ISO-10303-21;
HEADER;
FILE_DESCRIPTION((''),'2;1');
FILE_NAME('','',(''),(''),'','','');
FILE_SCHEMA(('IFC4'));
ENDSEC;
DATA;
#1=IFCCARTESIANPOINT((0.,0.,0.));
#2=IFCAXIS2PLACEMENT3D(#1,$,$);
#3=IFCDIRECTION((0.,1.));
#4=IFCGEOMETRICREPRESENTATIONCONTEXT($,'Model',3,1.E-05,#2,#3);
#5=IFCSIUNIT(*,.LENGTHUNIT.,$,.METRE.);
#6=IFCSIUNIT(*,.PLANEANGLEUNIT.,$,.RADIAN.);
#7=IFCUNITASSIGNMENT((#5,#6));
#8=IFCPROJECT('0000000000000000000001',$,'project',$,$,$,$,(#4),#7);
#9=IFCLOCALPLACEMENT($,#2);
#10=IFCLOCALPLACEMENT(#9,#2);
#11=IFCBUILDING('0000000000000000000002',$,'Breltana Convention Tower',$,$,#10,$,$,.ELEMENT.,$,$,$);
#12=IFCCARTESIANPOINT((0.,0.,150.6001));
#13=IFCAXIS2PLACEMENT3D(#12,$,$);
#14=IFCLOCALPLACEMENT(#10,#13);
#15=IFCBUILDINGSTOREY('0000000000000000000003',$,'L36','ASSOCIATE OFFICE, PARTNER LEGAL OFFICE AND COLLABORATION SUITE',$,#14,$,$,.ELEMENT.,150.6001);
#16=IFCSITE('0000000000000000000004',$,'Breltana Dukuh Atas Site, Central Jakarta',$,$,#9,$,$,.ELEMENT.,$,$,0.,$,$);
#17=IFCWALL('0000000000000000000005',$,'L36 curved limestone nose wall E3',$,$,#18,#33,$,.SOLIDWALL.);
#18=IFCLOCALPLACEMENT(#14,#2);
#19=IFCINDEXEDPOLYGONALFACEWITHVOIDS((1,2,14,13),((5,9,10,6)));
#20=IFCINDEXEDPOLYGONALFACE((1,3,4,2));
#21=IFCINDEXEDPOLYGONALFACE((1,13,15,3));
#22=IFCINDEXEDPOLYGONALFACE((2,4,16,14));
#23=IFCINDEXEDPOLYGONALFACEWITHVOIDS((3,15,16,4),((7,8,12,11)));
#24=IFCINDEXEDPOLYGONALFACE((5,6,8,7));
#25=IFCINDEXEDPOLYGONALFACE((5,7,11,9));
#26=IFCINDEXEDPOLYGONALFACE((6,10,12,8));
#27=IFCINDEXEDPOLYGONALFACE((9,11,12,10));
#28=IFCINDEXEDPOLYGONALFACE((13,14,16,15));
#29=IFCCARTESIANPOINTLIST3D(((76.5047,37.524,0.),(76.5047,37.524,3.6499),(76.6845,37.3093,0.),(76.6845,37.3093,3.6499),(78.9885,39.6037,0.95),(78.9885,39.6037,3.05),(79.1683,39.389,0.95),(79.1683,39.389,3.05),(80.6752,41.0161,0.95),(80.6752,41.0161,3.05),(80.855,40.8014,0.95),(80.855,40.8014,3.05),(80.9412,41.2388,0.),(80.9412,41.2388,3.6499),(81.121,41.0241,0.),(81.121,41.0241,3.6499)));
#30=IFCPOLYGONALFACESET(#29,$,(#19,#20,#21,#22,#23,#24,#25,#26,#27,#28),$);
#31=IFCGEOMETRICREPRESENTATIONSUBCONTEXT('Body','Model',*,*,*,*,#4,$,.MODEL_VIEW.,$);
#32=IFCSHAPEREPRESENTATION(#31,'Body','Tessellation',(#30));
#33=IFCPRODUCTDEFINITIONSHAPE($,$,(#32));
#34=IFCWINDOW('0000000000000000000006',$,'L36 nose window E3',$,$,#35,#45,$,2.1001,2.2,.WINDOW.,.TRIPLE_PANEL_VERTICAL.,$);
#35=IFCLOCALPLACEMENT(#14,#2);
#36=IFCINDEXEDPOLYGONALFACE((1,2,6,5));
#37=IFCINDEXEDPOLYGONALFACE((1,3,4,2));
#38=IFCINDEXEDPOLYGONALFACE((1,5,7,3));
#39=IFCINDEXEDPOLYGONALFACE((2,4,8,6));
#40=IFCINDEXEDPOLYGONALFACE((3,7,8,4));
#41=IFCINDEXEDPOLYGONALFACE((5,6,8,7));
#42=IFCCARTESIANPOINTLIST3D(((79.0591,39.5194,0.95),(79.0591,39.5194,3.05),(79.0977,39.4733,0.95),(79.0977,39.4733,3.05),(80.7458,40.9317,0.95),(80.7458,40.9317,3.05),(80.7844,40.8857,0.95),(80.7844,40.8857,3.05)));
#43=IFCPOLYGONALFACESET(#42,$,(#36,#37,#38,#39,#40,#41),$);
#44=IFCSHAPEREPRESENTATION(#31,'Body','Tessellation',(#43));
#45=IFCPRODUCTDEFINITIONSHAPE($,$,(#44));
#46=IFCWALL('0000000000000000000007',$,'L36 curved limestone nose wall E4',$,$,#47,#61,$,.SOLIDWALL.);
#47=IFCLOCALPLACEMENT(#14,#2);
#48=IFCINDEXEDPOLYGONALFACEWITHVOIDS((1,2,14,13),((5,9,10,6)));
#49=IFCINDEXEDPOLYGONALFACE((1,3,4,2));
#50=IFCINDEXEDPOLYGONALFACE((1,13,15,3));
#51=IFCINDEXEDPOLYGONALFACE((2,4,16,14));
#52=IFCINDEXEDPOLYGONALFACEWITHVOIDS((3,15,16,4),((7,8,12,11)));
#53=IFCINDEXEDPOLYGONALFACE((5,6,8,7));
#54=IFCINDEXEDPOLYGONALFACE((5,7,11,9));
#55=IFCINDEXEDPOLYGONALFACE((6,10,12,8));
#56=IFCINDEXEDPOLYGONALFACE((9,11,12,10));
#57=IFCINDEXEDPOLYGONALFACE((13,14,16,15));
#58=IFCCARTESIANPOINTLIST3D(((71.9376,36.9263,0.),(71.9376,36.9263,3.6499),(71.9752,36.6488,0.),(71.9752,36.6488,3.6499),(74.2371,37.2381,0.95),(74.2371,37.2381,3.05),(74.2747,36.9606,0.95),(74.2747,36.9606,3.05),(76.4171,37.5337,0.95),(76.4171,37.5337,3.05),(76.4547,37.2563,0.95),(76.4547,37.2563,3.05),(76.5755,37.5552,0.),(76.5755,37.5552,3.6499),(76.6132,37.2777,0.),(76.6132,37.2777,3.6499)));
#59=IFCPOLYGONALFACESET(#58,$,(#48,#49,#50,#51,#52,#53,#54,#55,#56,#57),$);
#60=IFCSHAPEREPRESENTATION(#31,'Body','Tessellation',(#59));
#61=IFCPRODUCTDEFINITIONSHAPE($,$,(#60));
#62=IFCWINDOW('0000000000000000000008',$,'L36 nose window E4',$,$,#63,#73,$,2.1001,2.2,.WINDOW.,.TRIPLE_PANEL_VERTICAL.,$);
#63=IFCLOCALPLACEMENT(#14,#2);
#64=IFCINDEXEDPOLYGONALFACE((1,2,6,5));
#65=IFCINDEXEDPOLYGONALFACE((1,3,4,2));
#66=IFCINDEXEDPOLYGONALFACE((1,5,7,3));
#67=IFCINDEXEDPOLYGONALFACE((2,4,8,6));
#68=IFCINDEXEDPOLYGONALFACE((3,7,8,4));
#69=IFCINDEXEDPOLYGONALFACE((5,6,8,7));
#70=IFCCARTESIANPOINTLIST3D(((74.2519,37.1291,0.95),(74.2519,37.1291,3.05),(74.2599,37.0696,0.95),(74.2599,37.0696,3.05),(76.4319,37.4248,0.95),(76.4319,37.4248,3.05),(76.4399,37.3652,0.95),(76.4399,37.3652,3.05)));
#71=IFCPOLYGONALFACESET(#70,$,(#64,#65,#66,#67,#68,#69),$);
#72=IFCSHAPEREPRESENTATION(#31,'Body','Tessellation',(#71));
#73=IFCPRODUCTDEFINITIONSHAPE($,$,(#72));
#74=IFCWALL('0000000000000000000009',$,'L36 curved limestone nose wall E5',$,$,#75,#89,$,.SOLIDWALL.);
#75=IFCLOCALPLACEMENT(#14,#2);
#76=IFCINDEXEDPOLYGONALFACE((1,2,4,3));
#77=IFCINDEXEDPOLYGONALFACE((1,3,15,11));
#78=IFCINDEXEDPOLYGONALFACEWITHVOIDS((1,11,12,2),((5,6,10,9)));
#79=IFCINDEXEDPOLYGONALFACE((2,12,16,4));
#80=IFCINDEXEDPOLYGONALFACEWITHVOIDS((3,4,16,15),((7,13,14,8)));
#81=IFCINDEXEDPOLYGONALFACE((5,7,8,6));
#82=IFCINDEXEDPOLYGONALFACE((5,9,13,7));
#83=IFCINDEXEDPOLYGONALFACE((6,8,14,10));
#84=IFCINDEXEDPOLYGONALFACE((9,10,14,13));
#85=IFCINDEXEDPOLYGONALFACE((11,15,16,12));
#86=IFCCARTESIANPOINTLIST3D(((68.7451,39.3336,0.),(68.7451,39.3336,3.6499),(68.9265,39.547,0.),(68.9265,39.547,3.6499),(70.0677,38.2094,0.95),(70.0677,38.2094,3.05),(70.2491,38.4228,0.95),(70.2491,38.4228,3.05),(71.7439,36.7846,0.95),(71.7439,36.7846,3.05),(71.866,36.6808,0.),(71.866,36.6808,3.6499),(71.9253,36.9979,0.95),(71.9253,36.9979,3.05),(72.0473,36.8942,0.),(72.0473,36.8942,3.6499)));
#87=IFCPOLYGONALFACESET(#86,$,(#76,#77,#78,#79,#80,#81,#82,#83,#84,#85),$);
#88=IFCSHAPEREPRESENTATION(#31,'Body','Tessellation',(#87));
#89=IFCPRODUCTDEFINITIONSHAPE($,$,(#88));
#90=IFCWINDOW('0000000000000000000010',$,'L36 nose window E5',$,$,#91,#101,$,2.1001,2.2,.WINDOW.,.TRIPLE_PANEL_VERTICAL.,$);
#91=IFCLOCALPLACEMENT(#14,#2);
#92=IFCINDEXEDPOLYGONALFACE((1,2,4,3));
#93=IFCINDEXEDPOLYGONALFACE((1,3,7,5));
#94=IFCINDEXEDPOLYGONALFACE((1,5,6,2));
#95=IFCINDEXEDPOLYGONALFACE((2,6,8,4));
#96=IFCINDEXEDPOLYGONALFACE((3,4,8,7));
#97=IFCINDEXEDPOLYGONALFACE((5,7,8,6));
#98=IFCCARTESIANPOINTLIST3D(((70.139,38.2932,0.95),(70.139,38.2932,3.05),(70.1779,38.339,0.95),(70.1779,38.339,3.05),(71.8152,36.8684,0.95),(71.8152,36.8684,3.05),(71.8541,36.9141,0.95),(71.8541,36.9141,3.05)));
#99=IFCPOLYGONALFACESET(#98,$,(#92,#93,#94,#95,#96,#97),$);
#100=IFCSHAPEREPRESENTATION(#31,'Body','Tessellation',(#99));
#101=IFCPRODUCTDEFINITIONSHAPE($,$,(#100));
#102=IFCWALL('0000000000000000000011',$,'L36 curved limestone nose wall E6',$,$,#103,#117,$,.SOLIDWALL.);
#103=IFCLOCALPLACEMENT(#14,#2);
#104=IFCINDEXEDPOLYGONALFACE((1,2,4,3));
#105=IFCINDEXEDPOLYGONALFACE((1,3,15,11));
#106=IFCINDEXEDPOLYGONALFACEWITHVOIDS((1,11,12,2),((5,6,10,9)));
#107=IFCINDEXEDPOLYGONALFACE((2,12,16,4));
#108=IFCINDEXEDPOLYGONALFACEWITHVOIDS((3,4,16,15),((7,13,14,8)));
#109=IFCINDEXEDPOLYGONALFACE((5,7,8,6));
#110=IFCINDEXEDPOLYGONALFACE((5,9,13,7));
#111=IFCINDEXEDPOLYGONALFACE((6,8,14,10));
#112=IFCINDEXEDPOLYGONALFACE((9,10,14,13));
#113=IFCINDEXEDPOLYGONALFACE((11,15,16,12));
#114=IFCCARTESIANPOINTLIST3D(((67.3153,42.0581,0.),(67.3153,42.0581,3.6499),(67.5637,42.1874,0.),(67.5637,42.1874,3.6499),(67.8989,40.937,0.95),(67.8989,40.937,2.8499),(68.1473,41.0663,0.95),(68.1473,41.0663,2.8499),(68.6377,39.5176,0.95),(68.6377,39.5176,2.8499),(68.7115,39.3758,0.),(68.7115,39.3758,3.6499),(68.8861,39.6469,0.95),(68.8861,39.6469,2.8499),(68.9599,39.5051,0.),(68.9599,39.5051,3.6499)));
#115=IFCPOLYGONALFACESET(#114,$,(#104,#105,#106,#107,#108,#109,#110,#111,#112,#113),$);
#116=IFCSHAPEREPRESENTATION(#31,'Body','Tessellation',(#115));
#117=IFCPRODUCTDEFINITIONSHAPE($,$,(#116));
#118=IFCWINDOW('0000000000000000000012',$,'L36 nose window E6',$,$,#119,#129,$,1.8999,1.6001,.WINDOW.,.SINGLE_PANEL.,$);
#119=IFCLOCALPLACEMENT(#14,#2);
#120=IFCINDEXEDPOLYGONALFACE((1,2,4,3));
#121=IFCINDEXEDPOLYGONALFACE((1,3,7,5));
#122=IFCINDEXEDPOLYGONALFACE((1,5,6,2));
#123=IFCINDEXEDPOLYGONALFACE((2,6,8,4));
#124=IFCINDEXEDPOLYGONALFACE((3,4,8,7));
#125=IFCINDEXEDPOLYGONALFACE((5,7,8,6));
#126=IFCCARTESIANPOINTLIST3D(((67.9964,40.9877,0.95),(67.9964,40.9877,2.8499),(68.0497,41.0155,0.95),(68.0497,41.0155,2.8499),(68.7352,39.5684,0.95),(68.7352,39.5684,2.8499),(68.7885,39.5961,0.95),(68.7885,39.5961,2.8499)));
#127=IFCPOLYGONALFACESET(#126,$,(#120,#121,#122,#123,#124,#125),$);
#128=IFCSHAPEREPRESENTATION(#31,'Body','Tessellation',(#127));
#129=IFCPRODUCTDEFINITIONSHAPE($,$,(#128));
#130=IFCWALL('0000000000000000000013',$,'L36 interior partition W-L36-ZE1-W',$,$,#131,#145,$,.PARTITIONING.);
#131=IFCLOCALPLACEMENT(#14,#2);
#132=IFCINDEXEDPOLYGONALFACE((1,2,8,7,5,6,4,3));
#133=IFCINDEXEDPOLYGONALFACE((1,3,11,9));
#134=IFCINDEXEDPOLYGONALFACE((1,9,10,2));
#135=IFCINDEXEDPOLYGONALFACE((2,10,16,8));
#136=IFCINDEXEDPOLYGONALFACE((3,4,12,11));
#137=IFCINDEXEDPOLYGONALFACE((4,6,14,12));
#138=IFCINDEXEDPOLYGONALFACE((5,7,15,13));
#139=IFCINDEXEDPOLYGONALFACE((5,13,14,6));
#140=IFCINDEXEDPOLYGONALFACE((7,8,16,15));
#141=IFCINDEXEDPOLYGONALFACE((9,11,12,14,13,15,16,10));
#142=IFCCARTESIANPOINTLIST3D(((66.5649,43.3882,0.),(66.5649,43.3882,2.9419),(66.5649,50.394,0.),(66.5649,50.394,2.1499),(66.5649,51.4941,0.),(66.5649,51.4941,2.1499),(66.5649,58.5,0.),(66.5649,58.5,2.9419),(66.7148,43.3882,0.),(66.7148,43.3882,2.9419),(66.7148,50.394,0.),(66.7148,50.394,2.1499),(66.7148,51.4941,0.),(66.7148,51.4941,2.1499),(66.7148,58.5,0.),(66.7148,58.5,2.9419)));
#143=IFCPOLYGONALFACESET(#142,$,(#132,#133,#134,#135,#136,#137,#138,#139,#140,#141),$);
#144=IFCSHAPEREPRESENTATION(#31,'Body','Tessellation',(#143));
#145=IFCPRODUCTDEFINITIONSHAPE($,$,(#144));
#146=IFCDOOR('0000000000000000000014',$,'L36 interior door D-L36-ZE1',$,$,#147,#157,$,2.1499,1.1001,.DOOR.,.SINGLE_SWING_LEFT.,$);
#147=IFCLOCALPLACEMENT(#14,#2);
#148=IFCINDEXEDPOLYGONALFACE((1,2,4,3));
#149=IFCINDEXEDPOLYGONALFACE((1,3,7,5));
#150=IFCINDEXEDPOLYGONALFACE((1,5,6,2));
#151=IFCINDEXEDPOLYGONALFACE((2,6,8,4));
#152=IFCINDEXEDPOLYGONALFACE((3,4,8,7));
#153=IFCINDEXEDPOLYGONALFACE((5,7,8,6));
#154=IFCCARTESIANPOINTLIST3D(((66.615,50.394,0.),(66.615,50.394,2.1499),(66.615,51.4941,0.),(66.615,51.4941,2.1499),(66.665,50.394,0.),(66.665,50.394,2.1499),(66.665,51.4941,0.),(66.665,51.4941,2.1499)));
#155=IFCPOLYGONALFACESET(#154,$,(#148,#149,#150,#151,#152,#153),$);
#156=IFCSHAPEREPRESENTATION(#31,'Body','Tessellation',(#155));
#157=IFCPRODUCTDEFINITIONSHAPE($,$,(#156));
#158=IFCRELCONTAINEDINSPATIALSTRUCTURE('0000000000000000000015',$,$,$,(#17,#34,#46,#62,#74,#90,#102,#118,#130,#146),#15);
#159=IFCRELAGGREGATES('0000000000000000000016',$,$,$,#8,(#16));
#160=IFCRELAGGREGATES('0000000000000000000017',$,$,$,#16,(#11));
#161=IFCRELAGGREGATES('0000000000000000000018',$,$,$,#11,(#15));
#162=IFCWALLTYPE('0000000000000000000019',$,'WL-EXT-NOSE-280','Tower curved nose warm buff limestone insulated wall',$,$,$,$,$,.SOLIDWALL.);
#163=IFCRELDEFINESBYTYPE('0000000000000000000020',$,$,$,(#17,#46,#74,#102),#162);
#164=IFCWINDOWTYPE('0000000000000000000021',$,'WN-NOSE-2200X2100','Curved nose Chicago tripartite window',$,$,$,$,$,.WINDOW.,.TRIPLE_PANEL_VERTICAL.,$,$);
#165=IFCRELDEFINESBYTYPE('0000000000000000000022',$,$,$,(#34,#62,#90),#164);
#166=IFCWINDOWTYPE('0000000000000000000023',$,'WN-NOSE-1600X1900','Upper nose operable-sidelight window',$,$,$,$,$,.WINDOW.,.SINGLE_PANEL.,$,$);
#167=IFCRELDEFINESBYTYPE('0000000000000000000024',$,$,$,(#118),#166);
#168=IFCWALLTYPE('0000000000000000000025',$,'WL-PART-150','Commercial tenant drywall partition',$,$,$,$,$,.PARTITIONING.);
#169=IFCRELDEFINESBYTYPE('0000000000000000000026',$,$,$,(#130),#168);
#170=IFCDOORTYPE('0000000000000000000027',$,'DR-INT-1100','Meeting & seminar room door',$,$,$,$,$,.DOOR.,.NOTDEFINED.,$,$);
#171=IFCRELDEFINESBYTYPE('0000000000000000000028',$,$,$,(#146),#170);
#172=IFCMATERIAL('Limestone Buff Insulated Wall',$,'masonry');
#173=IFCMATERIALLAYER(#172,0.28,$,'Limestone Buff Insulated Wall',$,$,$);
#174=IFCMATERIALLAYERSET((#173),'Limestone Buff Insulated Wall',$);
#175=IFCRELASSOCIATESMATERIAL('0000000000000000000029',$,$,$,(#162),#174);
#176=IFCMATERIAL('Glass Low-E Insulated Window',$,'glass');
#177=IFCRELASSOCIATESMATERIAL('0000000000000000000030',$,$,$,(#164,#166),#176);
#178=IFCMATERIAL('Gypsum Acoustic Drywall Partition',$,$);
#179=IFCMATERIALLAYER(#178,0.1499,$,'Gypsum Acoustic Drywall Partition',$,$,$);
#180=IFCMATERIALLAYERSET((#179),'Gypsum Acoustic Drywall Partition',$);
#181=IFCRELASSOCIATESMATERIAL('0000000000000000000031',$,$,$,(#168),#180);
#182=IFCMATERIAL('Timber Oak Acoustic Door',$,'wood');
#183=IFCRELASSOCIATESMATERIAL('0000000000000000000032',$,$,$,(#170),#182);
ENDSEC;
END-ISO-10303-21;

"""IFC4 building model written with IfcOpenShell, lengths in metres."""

from ifc_helpers import new_model, si_unit, direction, frame, frame_2d, origin, place, context, subcontext, project, spatial, rectangle, extrude, source, transform, mapped, material, layer, layer_set, type_object, type_shapes, element, fill, save


model = new_model("IFC4")

# Units and contexts
model_context = context("Model", 3, precision=1e-05, world=origin(), true_north=direction((0.0, 1.0)))
body_context = subcontext(model_context, "Body", "Model", "MODEL_VIEW")
ifc_project = project(units=[si_unit("LENGTHUNIT", "METRE"), si_unit("PLANEANGLEUNIT", "RADIAN")], contexts=[model_context])

# Site, building, storey
site_placement = place(None, origin())
site = spatial("IfcSite", under=ifc_project, at=site_placement, Name="Breltana Dukuh Atas Site, Central Jakarta", CompositionType="ELEMENT", RefElevation=0.0)
building_placement = place(site_placement, origin())
building = spatial("IfcBuilding", under=site, at=building_placement, Name="Breltana Convention Tower", CompositionType="ELEMENT")
storey_placement = place(building_placement, frame((0.0, 0.0, 150.6001)))
storey = spatial("IfcBuildingStorey", under=building, at=storey_placement, Name="L36", Description="ASSOCIATE OFFICE, PARTNER LEGAL OFFICE AND COLLABORATION SUITE", CompositionType="ELEMENT", Elevation=150.6001)

# Walls, openings, windows
ifc_material_1 = material(Name="Limestone Buff Insulated Wall", Category="masonry")
ifc_layer_1 = layer(ifc_material_1, 0.28, Name="Limestone Buff Insulated Wall")
ifc_layer_set_1 = layer_set([ifc_layer_1], Name="Limestone Buff Insulated Wall")
wall_type_1 = type_object("IfcWallType", Name="WL-EXT-NOSE-280", Description="Tower curved nose warm buff limestone insulated wall", PredefinedType="SOLIDWALL", material=ifc_layer_set_1)
shared_shape_1 = source(origin(), body_context, "Body", "SweptSolid", [
    extrude(rectangle(XDim=5.7864, YDim=0.28, at=frame_2d((2.8931, 0.0))), origin(), (0.0, 0.0, 1.0), 3.6499),
])
wall_1_placement = place(storey_placement, frame((81.031, 41.1313, 0.0), z_axis=(0.0, 0.0, 1.0), x_axis=(-0.766711, -0.641992, 0.0)))
wall_1 = element("IfcWall", 1, at=wall_1_placement, inside=storey, type_object=wall_type_1, Name="L36 curved limestone nose wall E3", PredefinedType="SOLIDWALL", context=body_context, shape_type="MappedRepresentation", body=[
    mapped(shared_shape_1, transform((0.0, 0.0, 0.0), scale=1.0)),
])
opening_1_placement = place(wall_1_placement, frame((0.3467, 0.0, 0.95)))
opening_1 = element("IfcOpeningElement", 2, at=opening_1_placement, cuts=wall_1, PredefinedType="OPENING", context=body_context, shape_type="SweptSolid", body=[
    extrude(rectangle(XDim=2.2, YDim=2.1001, at=frame_2d((1.1001, 1.05))), frame((0.0, 0.1499, 0.0), z_axis=(0.0, -1.0, 0.0), x_axis=(1.0, 0.0, 0.0)), (0.0, 0.0, 1.0), 0.3),
])
ifc_material_2 = material(Name="Glass Low-E Insulated Window", Category="glass")
window_type_1 = type_object("IfcWindowType", Name="WN-NOSE-2200X2100", Description="Curved nose Chicago tripartite window", PartitioningType="TRIPLE_PANEL_VERTICAL", PredefinedType="WINDOW", material=ifc_material_2)
shared_shape_2 = source(origin(), body_context, "Body", "SweptSolid", [
    extrude(rectangle(XDim=2.2, YDim=2.1001, at=frame_2d((1.1001, 1.05))), frame((0.0, 0.03, 0.0), z_axis=(0.0, -1.0, 0.0), x_axis=(1.0, 0.0, 0.0)), (0.0, 0.0, 1.0), 0.0601),
])
type_shapes(window_type_1, [shared_shape_2])
window_1_placement = place(opening_1_placement, origin())
window_1 = element("IfcWindow", 3, at=window_1_placement, inside=storey, type_object=window_type_1, Name="L36 nose window E3", OverallHeight=2.1001, OverallWidth=2.2, PartitioningType="TRIPLE_PANEL_VERTICAL", PredefinedType="WINDOW", context=body_context, shape_type="MappedRepresentation", body=[
    mapped(shared_shape_2, transform((0.0, 0.0, 0.0), scale=1.0)),
])
fill(opening_1, window_1)
shared_shape_3 = source(origin(), body_context, "Body", "SweptSolid", [
    extrude(rectangle(XDim=4.6804, YDim=0.28, at=frame_2d((2.3403, 0.0))), origin(), (0.0, 0.0, 1.0), 3.6499),
])
wall_2_placement = place(storey_placement, frame((76.5945, 37.4165, 0.0), z_axis=(0.0, 0.0, 1.0), x_axis=(-0.990931, -0.134371, 0.0)))
wall_2 = element("IfcWall", 4, at=wall_2_placement, inside=storey, type_object=wall_type_1, Name="L36 curved limestone nose wall E4", PredefinedType="SOLIDWALL", context=body_context, shape_type="MappedRepresentation", body=[
    mapped(shared_shape_3, transform((0.0, 0.0, 0.0), scale=1.0)),
])
opening_2_placement = place(wall_2_placement, frame((0.1599, 0.0, 0.95)))
opening_2 = element("IfcOpeningElement", 5, at=opening_2_placement, cuts=wall_2, PredefinedType="OPENING", context=body_context, shape_type="SweptSolid", body=[
    extrude(rectangle(XDim=2.2, YDim=2.1001, at=frame_2d((1.1001, 1.05))), frame((0.0, 0.1499, 0.0), z_axis=(0.0, -1.0, 0.0), x_axis=(1.0, 0.0, 0.0)), (0.0, 0.0, 1.0), 0.3),
])
window_2_placement = place(opening_2_placement, origin())
window_2 = element("IfcWindow", 6, at=window_2_placement, inside=storey, type_object=window_type_1, Name="L36 nose window E4", OverallHeight=2.1001, OverallWidth=2.2, PartitioningType="TRIPLE_PANEL_VERTICAL", PredefinedType="WINDOW", context=body_context, shape_type="MappedRepresentation", body=[
    mapped(shared_shape_2, transform((0.0, 0.0, 0.0), scale=1.0)),
])
fill(opening_2, window_2)
shared_shape_4 = source(origin(), body_context, "Body", "SweptSolid", [
    extrude(rectangle(XDim=4.0959, YDim=0.28, at=frame_2d((2.0479, 0.0))), origin(), (0.0, 0.0, 1.0), 3.6499),
])
wall_3_placement = place(storey_placement, frame((71.9565, 36.7876, 0.0), z_axis=(0.0, 0.0, 1.0), x_axis=(-0.761926, 0.647664, 0.0)))
wall_3 = element("IfcWall", 7, at=wall_3_placement, inside=storey, type_object=wall_type_1, Name="L36 curved limestone nose wall E5", PredefinedType="SOLIDWALL", context=body_context, shape_type="MappedRepresentation", body=[
    mapped(shared_shape_4, transform((0.0, 0.0, 0.0), scale=1.0)),
])
opening_3_placement = place(wall_3_placement, frame((0.1599, 0.0, 0.95)))
opening_3 = element("IfcOpeningElement", 8, at=opening_3_placement, cuts=wall_3, PredefinedType="OPENING", context=body_context, shape_type="SweptSolid", body=[
    extrude(rectangle(XDim=2.2, YDim=2.1001, at=frame_2d((1.1001, 1.05))), frame((0.0, 0.1499, 0.0), z_axis=(0.0, -1.0, 0.0), x_axis=(1.0, 0.0, 0.0)), (0.0, 0.0, 1.0), 0.3),
])
window_3_placement = place(opening_3_placement, origin())
window_3 = element("IfcWindow", 9, at=window_3_placement, inside=storey, type_object=window_type_1, Name="L36 nose window E5", OverallHeight=2.1001, OverallWidth=2.2, PartitioningType="TRIPLE_PANEL_VERTICAL", PredefinedType="WINDOW", context=body_context, shape_type="MappedRepresentation", body=[
    mapped(shared_shape_2, transform((0.0, 0.0, 0.0), scale=1.0)),
])
fill(opening_3, window_3)
shared_shape_5 = source(origin(), body_context, "Body", "SweptSolid", [
    extrude(rectangle(XDim=3.0239, YDim=0.28, at=frame_2d((1.512, 0.0))), origin(), (0.0, 0.0, 1.0), 3.6499),
])
wall_4_placement = place(storey_placement, frame((68.8357, 39.4404, 0.0), z_axis=(0.0, 0.0, 1.0), x_axis=(-0.461719, 0.887026, 0.0)))
wall_4 = element("IfcWall", 10, at=wall_4_placement, inside=storey, type_object=wall_type_1, Name="L36 curved limestone nose wall E6", PredefinedType="SOLIDWALL", context=body_context, shape_type="MappedRepresentation", body=[
    mapped(shared_shape_5, transform((0.0, 0.0, 0.0), scale=1.0)),
])
opening_4_placement = place(wall_4_placement, frame((0.1599, 0.0, 0.95)))
opening_4 = element("IfcOpeningElement", 11, at=opening_4_placement, cuts=wall_4, PredefinedType="OPENING", context=body_context, shape_type="SweptSolid", body=[
    extrude(rectangle(XDim=1.6001, YDim=1.8999, at=frame_2d((0.8, 0.95))), frame((0.0, 0.1499, 0.0), z_axis=(0.0, -1.0, 0.0), x_axis=(1.0, 0.0, 0.0)), (0.0, 0.0, 1.0), 0.3),
])
window_type_2 = type_object("IfcWindowType", Name="WN-NOSE-1600X1900", Description="Upper nose operable-sidelight window", PartitioningType="SINGLE_PANEL", PredefinedType="WINDOW", material=ifc_material_2)
shared_shape_6 = source(origin(), body_context, "Body", "SweptSolid", [
    extrude(rectangle(XDim=1.6001, YDim=1.8999, at=frame_2d((0.8, 0.95))), frame((0.0, 0.03, 0.0), z_axis=(0.0, -1.0, 0.0), x_axis=(1.0, 0.0, 0.0)), (0.0, 0.0, 1.0), 0.0601),
])
type_shapes(window_type_2, [shared_shape_6])
window_4_placement = place(opening_4_placement, origin())
window_4 = element("IfcWindow", 12, at=window_4_placement, inside=storey, type_object=window_type_2, Name="L36 nose window E6", OverallHeight=1.8999, OverallWidth=1.6001, PartitioningType="SINGLE_PANEL", PredefinedType="WINDOW", context=body_context, shape_type="MappedRepresentation", body=[
    mapped(shared_shape_6, transform((0.0, 0.0, 0.0), scale=1.0)),
])
fill(opening_4, window_4)

# Wall, opening, door
ifc_material_3 = material(Name="Gypsum Acoustic Drywall Partition")
ifc_layer_2 = layer(ifc_material_3, 0.1499, Name="Gypsum Acoustic Drywall Partition")
ifc_layer_set_2 = layer_set([ifc_layer_2], Name="Gypsum Acoustic Drywall Partition")
wall_type_2 = type_object("IfcWallType", Name="WL-PART-150", Description="Commercial tenant drywall partition", PredefinedType="PARTITIONING", material=ifc_layer_set_2)
shared_shape_7 = source(origin(), body_context, "Body", "SweptSolid", [
    extrude(rectangle(XDim=15.1118, YDim=0.1499, at=frame_2d((7.5559, 0.0))), origin(), (0.0, 0.0, 1.0), 2.9419),
])
wall_5_placement = place(storey_placement, frame((66.6399, 43.3882, 0.0), z_axis=(0.0, 0.0, 1.0), x_axis=(0.0, 1.0, 0.0)))
wall_5 = element("IfcWall", 13, at=wall_5_placement, inside=storey, type_object=wall_type_2, Name="L36 interior partition W-L36-ZE1-W", PredefinedType="PARTITIONING", context=body_context, shape_type="MappedRepresentation", body=[
    mapped(shared_shape_7, transform((0.0, 0.0, 0.0), scale=1.0)),
])
opening_5_placement = place(wall_5_placement, frame((7.0059, 0.0, 0.0)))
opening_5 = element("IfcOpeningElement", 14, at=opening_5_placement, cuts=wall_5, PredefinedType="OPENING", context=body_context, shape_type="SweptSolid", body=[
    extrude(rectangle(XDim=1.1001, YDim=2.1499, at=frame_2d((0.55, 1.075))), frame((0.0, 0.085, 0.0), z_axis=(0.0, -1.0, 0.0), x_axis=(1.0, 0.0, 0.0)), (0.0, 0.0, 1.0), 0.1699),
])
ifc_material_4 = material(Name="Timber Oak Acoustic Door", Category="wood")
door_type = type_object("IfcDoorType", Name="DR-INT-1100", Description="Meeting & seminar room door", OperationType="NOTDEFINED", PredefinedType="DOOR", material=ifc_material_4)
shared_shape_8 = source(origin(), body_context, "Body", "SweptSolid", [
    extrude(rectangle(XDim=1.1001, YDim=2.1499, at=frame_2d((0.55, 1.075))), frame((0.0, 0.0249, 0.0), z_axis=(0.0, -1.0, 0.0), x_axis=(1.0, 0.0, 0.0)), (0.0, 0.0, 1.0), 0.05),
])
type_shapes(door_type, [shared_shape_8])
door_placement = place(opening_5_placement, origin())
door = element("IfcDoor", 15, at=door_placement, inside=storey, type_object=door_type, Name="L36 interior door D-L36-ZE1", OperationType="SINGLE_SWING_LEFT", OverallHeight=2.1499, OverallWidth=1.1001, PredefinedType="DOOR", context=body_context, shape_type="MappedRepresentation", body=[
    mapped(shared_shape_8, transform((0.0, 0.0, 0.0), scale=1.0)),
])
fill(opening_5, door)

save(model, "model.ifc")
